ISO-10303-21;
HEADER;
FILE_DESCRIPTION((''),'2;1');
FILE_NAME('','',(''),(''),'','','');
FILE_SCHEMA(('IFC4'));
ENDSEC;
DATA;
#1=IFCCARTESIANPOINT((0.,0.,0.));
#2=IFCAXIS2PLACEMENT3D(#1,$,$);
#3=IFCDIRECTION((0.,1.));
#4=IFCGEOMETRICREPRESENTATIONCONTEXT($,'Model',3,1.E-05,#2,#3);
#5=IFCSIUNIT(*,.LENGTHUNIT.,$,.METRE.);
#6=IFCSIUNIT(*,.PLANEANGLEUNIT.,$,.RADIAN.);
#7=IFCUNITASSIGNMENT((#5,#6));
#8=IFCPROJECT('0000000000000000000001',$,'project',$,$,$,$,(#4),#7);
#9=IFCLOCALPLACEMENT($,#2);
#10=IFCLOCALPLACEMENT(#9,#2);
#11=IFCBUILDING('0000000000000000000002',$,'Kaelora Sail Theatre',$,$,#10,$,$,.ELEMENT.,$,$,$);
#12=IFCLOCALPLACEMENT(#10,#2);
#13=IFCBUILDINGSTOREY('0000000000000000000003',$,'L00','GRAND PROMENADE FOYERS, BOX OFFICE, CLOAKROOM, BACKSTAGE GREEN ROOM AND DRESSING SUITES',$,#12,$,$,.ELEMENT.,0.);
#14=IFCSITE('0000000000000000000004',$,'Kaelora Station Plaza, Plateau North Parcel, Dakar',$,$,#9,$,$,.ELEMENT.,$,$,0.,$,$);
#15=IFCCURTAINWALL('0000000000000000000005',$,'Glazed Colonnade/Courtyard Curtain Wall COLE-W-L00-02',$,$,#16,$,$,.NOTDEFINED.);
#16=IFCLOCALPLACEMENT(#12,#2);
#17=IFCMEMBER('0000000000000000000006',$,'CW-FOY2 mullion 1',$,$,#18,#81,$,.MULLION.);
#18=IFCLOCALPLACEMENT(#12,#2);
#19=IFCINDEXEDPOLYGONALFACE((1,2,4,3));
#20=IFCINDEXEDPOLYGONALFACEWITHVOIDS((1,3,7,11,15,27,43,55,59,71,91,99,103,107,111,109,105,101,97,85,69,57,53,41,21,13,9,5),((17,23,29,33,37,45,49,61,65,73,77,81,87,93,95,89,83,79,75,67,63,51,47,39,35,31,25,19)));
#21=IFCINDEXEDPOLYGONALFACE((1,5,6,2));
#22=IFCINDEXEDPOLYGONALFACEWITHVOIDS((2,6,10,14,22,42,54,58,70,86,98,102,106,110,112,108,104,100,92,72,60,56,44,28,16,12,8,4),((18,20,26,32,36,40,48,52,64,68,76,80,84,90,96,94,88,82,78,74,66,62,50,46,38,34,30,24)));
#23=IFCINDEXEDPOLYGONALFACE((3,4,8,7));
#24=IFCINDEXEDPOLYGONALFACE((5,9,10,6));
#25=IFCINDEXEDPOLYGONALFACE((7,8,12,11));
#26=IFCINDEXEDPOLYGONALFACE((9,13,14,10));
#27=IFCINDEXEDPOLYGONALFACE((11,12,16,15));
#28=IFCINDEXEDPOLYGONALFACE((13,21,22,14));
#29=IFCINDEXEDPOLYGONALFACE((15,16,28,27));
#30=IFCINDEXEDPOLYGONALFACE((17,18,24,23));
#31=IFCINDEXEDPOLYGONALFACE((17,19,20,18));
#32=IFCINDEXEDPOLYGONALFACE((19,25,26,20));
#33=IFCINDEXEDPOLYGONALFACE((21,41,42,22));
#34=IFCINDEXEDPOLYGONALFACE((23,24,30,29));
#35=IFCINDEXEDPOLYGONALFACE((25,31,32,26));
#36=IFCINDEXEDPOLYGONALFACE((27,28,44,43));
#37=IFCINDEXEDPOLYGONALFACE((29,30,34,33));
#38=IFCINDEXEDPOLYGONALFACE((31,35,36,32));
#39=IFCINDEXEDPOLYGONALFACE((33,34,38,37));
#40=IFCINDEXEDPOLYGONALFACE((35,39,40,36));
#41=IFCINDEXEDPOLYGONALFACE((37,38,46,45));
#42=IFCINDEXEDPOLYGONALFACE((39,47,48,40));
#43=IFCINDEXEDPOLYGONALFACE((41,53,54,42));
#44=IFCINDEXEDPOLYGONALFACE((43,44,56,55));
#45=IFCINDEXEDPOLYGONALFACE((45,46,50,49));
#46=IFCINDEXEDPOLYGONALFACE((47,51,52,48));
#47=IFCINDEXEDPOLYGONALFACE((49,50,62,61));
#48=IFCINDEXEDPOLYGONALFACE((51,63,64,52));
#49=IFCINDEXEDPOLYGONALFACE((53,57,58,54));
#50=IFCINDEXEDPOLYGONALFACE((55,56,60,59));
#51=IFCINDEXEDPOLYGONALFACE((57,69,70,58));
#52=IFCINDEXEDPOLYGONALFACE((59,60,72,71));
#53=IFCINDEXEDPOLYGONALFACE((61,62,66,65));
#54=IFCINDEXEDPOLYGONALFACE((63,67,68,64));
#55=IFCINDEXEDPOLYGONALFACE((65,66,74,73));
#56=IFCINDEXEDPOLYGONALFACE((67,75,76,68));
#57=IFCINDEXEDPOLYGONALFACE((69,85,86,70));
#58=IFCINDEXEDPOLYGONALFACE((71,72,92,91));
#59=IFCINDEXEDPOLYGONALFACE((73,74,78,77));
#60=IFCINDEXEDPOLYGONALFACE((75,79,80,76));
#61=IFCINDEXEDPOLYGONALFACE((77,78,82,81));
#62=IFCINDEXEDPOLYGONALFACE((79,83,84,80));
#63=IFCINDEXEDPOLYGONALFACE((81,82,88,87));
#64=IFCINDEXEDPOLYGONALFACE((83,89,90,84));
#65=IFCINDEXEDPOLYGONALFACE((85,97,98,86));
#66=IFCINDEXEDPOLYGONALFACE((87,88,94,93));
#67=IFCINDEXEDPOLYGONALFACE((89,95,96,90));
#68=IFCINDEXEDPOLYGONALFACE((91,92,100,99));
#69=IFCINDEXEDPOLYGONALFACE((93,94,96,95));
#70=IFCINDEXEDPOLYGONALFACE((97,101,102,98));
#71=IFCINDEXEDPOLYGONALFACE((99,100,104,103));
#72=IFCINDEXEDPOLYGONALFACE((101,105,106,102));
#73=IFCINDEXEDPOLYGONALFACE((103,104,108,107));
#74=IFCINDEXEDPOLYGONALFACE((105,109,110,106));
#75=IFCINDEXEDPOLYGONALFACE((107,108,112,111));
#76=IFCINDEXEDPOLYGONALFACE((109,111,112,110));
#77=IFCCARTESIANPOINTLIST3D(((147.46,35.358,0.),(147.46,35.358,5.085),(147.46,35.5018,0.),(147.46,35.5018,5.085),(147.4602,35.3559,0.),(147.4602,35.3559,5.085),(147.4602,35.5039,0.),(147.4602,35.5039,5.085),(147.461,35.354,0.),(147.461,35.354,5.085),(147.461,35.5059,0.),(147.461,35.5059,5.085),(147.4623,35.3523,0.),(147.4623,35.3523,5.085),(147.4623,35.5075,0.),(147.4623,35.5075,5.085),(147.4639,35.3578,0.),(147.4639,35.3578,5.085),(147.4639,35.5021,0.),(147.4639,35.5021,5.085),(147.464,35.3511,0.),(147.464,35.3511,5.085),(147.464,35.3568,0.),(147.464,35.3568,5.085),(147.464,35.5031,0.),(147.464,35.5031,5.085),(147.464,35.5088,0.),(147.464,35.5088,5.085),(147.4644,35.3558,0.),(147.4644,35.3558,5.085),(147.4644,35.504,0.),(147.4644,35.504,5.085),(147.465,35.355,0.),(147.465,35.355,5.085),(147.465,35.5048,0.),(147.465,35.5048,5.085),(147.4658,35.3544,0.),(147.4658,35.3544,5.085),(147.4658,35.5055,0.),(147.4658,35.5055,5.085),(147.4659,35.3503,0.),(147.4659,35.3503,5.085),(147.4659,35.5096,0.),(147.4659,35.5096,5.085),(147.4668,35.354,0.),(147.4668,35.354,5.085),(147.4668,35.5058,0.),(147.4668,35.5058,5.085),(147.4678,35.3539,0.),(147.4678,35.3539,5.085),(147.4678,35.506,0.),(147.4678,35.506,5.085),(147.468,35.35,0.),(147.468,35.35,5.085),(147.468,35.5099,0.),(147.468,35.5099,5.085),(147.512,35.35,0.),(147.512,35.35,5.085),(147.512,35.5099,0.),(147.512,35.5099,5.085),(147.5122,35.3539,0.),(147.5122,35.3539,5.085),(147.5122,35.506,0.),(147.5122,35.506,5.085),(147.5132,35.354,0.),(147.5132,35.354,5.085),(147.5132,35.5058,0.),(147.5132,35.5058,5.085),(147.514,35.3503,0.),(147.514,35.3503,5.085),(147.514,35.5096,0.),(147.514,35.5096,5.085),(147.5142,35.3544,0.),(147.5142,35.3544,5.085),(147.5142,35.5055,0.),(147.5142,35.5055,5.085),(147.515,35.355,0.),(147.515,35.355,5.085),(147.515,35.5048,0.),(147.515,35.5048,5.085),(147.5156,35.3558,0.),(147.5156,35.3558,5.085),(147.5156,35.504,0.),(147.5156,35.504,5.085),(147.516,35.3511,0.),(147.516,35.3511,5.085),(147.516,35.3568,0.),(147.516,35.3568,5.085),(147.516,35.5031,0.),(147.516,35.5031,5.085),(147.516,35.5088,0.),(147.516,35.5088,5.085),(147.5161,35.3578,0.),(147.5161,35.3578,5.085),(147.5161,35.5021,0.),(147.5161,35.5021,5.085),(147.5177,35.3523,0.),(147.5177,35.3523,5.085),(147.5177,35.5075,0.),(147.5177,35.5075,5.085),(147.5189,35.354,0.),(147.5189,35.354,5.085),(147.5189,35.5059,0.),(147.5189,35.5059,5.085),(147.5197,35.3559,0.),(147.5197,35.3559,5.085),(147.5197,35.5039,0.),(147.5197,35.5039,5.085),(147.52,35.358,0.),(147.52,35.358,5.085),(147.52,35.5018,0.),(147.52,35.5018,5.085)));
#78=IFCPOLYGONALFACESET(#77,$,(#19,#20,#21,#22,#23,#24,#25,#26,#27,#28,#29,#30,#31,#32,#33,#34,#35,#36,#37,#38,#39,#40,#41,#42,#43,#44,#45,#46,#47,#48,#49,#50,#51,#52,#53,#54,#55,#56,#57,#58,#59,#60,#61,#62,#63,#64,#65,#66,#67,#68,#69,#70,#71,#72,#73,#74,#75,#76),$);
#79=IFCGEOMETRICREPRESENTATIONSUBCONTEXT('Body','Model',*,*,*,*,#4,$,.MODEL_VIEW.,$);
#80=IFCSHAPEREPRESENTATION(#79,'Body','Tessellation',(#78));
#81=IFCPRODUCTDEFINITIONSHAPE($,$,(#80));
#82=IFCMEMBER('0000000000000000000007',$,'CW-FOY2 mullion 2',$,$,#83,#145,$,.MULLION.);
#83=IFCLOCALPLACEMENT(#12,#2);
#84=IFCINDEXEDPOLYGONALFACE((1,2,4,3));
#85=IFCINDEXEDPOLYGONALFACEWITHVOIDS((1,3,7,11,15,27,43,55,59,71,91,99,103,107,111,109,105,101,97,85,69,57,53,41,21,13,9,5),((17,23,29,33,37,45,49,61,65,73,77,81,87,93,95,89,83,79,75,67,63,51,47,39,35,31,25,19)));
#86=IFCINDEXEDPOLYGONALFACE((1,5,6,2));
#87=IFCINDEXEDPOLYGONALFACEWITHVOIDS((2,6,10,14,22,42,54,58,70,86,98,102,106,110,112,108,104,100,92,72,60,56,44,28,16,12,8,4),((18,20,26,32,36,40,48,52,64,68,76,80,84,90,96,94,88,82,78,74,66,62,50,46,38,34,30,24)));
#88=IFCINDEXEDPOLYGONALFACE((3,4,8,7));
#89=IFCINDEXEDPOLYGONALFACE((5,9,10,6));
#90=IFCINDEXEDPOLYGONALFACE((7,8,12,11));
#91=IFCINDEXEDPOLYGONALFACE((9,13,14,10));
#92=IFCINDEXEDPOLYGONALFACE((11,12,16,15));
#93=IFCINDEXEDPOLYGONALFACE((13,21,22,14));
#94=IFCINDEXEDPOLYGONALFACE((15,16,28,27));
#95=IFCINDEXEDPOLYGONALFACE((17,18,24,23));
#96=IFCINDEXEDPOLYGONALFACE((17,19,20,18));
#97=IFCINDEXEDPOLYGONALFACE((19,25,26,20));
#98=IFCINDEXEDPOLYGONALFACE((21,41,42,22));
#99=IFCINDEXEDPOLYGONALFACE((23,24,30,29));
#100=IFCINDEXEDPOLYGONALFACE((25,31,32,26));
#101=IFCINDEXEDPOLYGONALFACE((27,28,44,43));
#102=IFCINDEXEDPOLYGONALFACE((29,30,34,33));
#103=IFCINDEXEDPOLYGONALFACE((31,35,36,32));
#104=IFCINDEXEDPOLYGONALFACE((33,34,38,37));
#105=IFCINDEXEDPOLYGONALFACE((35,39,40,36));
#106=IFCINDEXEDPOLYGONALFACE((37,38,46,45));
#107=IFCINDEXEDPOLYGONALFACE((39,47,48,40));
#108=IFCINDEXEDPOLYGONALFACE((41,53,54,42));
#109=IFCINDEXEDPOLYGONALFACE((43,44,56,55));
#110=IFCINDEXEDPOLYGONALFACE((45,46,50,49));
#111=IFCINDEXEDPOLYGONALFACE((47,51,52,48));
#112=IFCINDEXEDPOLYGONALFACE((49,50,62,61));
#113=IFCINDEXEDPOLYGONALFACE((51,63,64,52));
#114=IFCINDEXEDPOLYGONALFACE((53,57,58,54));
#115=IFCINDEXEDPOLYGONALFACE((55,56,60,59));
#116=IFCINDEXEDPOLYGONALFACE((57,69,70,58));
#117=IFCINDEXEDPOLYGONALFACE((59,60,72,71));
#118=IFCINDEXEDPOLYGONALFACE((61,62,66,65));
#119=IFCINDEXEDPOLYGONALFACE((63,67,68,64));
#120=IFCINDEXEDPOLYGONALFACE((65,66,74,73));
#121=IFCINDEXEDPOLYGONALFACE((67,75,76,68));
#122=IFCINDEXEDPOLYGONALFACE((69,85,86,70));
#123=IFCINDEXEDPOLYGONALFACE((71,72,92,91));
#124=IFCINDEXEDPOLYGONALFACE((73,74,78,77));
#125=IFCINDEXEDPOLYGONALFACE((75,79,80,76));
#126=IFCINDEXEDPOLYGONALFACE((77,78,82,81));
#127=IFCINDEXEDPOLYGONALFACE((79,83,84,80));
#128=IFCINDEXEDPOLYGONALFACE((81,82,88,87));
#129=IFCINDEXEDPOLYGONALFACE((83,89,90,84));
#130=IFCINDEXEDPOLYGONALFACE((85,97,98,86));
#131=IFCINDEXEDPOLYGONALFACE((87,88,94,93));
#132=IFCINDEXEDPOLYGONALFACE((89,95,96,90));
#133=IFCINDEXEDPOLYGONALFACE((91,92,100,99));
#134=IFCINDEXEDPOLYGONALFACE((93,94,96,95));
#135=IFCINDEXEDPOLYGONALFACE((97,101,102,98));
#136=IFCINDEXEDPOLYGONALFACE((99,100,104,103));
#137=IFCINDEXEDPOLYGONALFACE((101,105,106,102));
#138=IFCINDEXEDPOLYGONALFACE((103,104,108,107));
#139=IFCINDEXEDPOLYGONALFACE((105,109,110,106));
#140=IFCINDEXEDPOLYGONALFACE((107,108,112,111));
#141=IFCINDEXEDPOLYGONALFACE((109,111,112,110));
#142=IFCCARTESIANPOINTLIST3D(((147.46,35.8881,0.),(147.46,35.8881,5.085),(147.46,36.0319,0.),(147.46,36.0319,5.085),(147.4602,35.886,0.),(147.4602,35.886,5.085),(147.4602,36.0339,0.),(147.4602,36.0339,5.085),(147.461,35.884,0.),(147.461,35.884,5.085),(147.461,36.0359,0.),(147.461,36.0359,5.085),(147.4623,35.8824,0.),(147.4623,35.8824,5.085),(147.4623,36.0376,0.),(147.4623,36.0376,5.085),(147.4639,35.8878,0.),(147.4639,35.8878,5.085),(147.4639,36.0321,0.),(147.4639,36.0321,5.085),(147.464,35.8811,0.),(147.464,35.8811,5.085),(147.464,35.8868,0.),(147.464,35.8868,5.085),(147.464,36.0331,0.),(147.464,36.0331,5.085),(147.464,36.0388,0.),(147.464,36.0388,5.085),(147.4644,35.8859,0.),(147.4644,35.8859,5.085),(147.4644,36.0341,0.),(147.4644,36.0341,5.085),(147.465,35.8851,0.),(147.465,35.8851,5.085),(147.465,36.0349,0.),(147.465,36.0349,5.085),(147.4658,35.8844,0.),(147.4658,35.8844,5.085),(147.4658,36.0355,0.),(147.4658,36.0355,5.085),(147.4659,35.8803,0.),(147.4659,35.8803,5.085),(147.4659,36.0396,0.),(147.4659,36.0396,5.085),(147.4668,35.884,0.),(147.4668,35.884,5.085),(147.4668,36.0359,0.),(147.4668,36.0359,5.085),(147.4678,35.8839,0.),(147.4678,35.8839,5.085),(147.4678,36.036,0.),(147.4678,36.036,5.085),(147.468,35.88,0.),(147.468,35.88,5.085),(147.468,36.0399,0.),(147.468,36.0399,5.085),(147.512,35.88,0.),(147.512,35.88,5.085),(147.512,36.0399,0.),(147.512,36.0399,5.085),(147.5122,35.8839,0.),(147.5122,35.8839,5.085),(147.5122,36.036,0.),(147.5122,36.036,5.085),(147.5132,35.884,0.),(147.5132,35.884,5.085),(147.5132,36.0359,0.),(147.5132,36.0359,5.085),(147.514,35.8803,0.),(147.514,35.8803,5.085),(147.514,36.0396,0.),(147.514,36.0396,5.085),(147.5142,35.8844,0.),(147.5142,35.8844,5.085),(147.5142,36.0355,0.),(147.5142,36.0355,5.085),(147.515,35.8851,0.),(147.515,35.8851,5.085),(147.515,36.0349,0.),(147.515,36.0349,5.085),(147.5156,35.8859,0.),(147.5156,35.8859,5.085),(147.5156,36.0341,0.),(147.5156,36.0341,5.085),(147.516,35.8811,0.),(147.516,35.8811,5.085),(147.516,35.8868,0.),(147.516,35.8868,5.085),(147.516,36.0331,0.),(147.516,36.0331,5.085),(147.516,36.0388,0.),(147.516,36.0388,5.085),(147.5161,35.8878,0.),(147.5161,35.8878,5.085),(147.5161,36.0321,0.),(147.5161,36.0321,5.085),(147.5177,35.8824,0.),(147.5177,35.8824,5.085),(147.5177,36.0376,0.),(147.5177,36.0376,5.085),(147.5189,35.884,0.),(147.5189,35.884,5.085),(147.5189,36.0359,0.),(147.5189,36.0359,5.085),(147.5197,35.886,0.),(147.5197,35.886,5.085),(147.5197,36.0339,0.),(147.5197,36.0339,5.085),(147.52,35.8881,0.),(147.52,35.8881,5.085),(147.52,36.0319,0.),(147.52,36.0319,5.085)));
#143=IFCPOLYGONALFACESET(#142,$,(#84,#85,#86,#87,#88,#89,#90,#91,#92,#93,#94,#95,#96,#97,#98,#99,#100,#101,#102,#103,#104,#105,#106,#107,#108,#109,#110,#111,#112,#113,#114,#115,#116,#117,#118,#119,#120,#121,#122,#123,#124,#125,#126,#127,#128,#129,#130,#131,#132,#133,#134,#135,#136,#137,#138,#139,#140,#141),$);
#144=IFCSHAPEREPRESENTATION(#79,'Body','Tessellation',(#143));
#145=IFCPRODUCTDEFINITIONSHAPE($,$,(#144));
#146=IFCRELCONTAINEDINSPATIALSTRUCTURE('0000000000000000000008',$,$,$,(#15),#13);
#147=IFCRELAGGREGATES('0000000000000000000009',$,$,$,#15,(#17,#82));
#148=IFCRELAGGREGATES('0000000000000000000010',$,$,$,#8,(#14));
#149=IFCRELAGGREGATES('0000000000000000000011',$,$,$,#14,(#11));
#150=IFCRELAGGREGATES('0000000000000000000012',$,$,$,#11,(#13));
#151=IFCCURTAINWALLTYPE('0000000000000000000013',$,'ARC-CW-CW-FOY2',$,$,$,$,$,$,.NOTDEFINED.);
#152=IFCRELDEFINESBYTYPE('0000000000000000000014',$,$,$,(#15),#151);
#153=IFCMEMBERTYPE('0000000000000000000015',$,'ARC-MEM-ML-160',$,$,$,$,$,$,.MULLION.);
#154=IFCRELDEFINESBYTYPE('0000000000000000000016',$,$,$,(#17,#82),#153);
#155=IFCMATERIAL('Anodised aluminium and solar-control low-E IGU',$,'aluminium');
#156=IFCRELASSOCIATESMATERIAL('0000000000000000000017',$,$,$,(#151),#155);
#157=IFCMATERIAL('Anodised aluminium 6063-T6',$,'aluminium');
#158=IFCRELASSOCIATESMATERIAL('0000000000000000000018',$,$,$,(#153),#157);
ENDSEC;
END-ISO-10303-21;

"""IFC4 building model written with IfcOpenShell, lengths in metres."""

from ifc_helpers import new_model, si_unit, direction, frame, origin, origin_2d, place, context, subcontext, project, spatial, hollow_rectangle, extrude, material, material_profile, profile_set, type_object, element, aggregate, save


model = new_model("IFC4")

# Units and contexts
model_context = context("Model", 3, precision=1e-05, world=origin(), true_north=direction((0.0, 1.0)))
body_context = subcontext(model_context, "Body", "Model", "MODEL_VIEW")
ifc_project = project(units=[si_unit("LENGTHUNIT", "METRE"), si_unit("PLANEANGLEUNIT", "RADIAN")], contexts=[model_context])

# Site, building, storey
site_placement = place(None, origin())
site = spatial("IfcSite", under=ifc_project, at=site_placement, Name="Kaelora Station Plaza, Plateau North Parcel, Dakar", CompositionType="ELEMENT", RefElevation=0.0)
building_placement = place(site_placement, origin())
building = spatial("IfcBuilding", under=site, at=building_placement, Name="Kaelora Sail Theatre", CompositionType="ELEMENT")
storey_placement = place(building_placement, origin())
storey = spatial("IfcBuildingStorey", under=building, at=storey_placement, Name="L00", Description="GRAND PROMENADE FOYERS, BOX OFFICE, CLOAKROOM, BACKSTAGE GREEN ROOM AND DRESSING SUITES", CompositionType="ELEMENT", Elevation=0.0)

# Shared definitions
ifc_material_1 = material(Name="Anodised aluminium and solar-control low-E IGU", Category="aluminium")
curtain_wall_type = type_object("IfcCurtainWallType", Name="ARC-CW-CW-FOY2", PredefinedType="NOTDEFINED", material=ifc_material_1)
ifc_material_2 = material(Name="Anodised aluminium 6063-T6", Category="aluminium")
ifc_material_profile_1 = material_profile(ifc_material_2, hollow_rectangle(XDim=0.0601, YDim=0.1599, WallThickness=0.0039, InnerFilletRadius=0.0039, OuterFilletRadius=0.0081, at=origin_2d()), Name="ALU-MULL 60x160x4")
ifc_profile_set_1 = profile_set([ifc_material_profile_1], Name="Anodised aluminium 6063-T6")
member_type_1 = type_object("IfcMemberType", Name="ARC-MEM-ML-160", PredefinedType="MULLION", material=ifc_profile_set_1)

# Curtain wall, members
curtain_wall_1_placement = place(storey_placement, origin())
curtain_wall_1 = element("IfcCurtainWall", 1, at=curtain_wall_1_placement, inside=storey, type_object=curtain_wall_type, Name="Glazed Colonnade/Courtyard Curtain Wall COLE-W-L00-02", PredefinedType="NOTDEFINED")
member_1_placement = place(storey_placement, frame((147.49, 35.4299, 0.0), z_axis=(0.0, 0.0, 1.0), x_axis=(-1.0, 0.0, 0.0)))
member_1 = element("IfcMember", 2, at=member_1_placement, type_object=member_type_1, Name="CW-FOY2 mullion 1", PredefinedType="MULLION", context=body_context, shape_type="SweptSolid", body=[
    extrude(hollow_rectangle(XDim=0.0601, YDim=0.1599, WallThickness=0.0039, InnerFilletRadius=0.0039, OuterFilletRadius=0.0081, at=origin_2d()), origin(), (0.0, 0.0, 1.0), 5.085),
])
member_2_placement = place(storey_placement, frame((147.49, 35.96, 0.0), z_axis=(0.0, 0.0, 1.0), x_axis=(-1.0, 0.0, 0.0)))
member_2 = element("IfcMember", 3, at=member_2_placement, type_object=member_type_1, Name="CW-FOY2 mullion 2", PredefinedType="MULLION", context=body_context, shape_type="SweptSolid", body=[
    extrude(hollow_rectangle(XDim=0.0601, YDim=0.1599, WallThickness=0.0039, InnerFilletRadius=0.0039, OuterFilletRadius=0.0081, at=origin_2d()), origin(), (0.0, 0.0, 1.0), 5.085),
])

aggregate(curtain_wall_1, [member_1, member_2])

save(model, "model.ifc")
